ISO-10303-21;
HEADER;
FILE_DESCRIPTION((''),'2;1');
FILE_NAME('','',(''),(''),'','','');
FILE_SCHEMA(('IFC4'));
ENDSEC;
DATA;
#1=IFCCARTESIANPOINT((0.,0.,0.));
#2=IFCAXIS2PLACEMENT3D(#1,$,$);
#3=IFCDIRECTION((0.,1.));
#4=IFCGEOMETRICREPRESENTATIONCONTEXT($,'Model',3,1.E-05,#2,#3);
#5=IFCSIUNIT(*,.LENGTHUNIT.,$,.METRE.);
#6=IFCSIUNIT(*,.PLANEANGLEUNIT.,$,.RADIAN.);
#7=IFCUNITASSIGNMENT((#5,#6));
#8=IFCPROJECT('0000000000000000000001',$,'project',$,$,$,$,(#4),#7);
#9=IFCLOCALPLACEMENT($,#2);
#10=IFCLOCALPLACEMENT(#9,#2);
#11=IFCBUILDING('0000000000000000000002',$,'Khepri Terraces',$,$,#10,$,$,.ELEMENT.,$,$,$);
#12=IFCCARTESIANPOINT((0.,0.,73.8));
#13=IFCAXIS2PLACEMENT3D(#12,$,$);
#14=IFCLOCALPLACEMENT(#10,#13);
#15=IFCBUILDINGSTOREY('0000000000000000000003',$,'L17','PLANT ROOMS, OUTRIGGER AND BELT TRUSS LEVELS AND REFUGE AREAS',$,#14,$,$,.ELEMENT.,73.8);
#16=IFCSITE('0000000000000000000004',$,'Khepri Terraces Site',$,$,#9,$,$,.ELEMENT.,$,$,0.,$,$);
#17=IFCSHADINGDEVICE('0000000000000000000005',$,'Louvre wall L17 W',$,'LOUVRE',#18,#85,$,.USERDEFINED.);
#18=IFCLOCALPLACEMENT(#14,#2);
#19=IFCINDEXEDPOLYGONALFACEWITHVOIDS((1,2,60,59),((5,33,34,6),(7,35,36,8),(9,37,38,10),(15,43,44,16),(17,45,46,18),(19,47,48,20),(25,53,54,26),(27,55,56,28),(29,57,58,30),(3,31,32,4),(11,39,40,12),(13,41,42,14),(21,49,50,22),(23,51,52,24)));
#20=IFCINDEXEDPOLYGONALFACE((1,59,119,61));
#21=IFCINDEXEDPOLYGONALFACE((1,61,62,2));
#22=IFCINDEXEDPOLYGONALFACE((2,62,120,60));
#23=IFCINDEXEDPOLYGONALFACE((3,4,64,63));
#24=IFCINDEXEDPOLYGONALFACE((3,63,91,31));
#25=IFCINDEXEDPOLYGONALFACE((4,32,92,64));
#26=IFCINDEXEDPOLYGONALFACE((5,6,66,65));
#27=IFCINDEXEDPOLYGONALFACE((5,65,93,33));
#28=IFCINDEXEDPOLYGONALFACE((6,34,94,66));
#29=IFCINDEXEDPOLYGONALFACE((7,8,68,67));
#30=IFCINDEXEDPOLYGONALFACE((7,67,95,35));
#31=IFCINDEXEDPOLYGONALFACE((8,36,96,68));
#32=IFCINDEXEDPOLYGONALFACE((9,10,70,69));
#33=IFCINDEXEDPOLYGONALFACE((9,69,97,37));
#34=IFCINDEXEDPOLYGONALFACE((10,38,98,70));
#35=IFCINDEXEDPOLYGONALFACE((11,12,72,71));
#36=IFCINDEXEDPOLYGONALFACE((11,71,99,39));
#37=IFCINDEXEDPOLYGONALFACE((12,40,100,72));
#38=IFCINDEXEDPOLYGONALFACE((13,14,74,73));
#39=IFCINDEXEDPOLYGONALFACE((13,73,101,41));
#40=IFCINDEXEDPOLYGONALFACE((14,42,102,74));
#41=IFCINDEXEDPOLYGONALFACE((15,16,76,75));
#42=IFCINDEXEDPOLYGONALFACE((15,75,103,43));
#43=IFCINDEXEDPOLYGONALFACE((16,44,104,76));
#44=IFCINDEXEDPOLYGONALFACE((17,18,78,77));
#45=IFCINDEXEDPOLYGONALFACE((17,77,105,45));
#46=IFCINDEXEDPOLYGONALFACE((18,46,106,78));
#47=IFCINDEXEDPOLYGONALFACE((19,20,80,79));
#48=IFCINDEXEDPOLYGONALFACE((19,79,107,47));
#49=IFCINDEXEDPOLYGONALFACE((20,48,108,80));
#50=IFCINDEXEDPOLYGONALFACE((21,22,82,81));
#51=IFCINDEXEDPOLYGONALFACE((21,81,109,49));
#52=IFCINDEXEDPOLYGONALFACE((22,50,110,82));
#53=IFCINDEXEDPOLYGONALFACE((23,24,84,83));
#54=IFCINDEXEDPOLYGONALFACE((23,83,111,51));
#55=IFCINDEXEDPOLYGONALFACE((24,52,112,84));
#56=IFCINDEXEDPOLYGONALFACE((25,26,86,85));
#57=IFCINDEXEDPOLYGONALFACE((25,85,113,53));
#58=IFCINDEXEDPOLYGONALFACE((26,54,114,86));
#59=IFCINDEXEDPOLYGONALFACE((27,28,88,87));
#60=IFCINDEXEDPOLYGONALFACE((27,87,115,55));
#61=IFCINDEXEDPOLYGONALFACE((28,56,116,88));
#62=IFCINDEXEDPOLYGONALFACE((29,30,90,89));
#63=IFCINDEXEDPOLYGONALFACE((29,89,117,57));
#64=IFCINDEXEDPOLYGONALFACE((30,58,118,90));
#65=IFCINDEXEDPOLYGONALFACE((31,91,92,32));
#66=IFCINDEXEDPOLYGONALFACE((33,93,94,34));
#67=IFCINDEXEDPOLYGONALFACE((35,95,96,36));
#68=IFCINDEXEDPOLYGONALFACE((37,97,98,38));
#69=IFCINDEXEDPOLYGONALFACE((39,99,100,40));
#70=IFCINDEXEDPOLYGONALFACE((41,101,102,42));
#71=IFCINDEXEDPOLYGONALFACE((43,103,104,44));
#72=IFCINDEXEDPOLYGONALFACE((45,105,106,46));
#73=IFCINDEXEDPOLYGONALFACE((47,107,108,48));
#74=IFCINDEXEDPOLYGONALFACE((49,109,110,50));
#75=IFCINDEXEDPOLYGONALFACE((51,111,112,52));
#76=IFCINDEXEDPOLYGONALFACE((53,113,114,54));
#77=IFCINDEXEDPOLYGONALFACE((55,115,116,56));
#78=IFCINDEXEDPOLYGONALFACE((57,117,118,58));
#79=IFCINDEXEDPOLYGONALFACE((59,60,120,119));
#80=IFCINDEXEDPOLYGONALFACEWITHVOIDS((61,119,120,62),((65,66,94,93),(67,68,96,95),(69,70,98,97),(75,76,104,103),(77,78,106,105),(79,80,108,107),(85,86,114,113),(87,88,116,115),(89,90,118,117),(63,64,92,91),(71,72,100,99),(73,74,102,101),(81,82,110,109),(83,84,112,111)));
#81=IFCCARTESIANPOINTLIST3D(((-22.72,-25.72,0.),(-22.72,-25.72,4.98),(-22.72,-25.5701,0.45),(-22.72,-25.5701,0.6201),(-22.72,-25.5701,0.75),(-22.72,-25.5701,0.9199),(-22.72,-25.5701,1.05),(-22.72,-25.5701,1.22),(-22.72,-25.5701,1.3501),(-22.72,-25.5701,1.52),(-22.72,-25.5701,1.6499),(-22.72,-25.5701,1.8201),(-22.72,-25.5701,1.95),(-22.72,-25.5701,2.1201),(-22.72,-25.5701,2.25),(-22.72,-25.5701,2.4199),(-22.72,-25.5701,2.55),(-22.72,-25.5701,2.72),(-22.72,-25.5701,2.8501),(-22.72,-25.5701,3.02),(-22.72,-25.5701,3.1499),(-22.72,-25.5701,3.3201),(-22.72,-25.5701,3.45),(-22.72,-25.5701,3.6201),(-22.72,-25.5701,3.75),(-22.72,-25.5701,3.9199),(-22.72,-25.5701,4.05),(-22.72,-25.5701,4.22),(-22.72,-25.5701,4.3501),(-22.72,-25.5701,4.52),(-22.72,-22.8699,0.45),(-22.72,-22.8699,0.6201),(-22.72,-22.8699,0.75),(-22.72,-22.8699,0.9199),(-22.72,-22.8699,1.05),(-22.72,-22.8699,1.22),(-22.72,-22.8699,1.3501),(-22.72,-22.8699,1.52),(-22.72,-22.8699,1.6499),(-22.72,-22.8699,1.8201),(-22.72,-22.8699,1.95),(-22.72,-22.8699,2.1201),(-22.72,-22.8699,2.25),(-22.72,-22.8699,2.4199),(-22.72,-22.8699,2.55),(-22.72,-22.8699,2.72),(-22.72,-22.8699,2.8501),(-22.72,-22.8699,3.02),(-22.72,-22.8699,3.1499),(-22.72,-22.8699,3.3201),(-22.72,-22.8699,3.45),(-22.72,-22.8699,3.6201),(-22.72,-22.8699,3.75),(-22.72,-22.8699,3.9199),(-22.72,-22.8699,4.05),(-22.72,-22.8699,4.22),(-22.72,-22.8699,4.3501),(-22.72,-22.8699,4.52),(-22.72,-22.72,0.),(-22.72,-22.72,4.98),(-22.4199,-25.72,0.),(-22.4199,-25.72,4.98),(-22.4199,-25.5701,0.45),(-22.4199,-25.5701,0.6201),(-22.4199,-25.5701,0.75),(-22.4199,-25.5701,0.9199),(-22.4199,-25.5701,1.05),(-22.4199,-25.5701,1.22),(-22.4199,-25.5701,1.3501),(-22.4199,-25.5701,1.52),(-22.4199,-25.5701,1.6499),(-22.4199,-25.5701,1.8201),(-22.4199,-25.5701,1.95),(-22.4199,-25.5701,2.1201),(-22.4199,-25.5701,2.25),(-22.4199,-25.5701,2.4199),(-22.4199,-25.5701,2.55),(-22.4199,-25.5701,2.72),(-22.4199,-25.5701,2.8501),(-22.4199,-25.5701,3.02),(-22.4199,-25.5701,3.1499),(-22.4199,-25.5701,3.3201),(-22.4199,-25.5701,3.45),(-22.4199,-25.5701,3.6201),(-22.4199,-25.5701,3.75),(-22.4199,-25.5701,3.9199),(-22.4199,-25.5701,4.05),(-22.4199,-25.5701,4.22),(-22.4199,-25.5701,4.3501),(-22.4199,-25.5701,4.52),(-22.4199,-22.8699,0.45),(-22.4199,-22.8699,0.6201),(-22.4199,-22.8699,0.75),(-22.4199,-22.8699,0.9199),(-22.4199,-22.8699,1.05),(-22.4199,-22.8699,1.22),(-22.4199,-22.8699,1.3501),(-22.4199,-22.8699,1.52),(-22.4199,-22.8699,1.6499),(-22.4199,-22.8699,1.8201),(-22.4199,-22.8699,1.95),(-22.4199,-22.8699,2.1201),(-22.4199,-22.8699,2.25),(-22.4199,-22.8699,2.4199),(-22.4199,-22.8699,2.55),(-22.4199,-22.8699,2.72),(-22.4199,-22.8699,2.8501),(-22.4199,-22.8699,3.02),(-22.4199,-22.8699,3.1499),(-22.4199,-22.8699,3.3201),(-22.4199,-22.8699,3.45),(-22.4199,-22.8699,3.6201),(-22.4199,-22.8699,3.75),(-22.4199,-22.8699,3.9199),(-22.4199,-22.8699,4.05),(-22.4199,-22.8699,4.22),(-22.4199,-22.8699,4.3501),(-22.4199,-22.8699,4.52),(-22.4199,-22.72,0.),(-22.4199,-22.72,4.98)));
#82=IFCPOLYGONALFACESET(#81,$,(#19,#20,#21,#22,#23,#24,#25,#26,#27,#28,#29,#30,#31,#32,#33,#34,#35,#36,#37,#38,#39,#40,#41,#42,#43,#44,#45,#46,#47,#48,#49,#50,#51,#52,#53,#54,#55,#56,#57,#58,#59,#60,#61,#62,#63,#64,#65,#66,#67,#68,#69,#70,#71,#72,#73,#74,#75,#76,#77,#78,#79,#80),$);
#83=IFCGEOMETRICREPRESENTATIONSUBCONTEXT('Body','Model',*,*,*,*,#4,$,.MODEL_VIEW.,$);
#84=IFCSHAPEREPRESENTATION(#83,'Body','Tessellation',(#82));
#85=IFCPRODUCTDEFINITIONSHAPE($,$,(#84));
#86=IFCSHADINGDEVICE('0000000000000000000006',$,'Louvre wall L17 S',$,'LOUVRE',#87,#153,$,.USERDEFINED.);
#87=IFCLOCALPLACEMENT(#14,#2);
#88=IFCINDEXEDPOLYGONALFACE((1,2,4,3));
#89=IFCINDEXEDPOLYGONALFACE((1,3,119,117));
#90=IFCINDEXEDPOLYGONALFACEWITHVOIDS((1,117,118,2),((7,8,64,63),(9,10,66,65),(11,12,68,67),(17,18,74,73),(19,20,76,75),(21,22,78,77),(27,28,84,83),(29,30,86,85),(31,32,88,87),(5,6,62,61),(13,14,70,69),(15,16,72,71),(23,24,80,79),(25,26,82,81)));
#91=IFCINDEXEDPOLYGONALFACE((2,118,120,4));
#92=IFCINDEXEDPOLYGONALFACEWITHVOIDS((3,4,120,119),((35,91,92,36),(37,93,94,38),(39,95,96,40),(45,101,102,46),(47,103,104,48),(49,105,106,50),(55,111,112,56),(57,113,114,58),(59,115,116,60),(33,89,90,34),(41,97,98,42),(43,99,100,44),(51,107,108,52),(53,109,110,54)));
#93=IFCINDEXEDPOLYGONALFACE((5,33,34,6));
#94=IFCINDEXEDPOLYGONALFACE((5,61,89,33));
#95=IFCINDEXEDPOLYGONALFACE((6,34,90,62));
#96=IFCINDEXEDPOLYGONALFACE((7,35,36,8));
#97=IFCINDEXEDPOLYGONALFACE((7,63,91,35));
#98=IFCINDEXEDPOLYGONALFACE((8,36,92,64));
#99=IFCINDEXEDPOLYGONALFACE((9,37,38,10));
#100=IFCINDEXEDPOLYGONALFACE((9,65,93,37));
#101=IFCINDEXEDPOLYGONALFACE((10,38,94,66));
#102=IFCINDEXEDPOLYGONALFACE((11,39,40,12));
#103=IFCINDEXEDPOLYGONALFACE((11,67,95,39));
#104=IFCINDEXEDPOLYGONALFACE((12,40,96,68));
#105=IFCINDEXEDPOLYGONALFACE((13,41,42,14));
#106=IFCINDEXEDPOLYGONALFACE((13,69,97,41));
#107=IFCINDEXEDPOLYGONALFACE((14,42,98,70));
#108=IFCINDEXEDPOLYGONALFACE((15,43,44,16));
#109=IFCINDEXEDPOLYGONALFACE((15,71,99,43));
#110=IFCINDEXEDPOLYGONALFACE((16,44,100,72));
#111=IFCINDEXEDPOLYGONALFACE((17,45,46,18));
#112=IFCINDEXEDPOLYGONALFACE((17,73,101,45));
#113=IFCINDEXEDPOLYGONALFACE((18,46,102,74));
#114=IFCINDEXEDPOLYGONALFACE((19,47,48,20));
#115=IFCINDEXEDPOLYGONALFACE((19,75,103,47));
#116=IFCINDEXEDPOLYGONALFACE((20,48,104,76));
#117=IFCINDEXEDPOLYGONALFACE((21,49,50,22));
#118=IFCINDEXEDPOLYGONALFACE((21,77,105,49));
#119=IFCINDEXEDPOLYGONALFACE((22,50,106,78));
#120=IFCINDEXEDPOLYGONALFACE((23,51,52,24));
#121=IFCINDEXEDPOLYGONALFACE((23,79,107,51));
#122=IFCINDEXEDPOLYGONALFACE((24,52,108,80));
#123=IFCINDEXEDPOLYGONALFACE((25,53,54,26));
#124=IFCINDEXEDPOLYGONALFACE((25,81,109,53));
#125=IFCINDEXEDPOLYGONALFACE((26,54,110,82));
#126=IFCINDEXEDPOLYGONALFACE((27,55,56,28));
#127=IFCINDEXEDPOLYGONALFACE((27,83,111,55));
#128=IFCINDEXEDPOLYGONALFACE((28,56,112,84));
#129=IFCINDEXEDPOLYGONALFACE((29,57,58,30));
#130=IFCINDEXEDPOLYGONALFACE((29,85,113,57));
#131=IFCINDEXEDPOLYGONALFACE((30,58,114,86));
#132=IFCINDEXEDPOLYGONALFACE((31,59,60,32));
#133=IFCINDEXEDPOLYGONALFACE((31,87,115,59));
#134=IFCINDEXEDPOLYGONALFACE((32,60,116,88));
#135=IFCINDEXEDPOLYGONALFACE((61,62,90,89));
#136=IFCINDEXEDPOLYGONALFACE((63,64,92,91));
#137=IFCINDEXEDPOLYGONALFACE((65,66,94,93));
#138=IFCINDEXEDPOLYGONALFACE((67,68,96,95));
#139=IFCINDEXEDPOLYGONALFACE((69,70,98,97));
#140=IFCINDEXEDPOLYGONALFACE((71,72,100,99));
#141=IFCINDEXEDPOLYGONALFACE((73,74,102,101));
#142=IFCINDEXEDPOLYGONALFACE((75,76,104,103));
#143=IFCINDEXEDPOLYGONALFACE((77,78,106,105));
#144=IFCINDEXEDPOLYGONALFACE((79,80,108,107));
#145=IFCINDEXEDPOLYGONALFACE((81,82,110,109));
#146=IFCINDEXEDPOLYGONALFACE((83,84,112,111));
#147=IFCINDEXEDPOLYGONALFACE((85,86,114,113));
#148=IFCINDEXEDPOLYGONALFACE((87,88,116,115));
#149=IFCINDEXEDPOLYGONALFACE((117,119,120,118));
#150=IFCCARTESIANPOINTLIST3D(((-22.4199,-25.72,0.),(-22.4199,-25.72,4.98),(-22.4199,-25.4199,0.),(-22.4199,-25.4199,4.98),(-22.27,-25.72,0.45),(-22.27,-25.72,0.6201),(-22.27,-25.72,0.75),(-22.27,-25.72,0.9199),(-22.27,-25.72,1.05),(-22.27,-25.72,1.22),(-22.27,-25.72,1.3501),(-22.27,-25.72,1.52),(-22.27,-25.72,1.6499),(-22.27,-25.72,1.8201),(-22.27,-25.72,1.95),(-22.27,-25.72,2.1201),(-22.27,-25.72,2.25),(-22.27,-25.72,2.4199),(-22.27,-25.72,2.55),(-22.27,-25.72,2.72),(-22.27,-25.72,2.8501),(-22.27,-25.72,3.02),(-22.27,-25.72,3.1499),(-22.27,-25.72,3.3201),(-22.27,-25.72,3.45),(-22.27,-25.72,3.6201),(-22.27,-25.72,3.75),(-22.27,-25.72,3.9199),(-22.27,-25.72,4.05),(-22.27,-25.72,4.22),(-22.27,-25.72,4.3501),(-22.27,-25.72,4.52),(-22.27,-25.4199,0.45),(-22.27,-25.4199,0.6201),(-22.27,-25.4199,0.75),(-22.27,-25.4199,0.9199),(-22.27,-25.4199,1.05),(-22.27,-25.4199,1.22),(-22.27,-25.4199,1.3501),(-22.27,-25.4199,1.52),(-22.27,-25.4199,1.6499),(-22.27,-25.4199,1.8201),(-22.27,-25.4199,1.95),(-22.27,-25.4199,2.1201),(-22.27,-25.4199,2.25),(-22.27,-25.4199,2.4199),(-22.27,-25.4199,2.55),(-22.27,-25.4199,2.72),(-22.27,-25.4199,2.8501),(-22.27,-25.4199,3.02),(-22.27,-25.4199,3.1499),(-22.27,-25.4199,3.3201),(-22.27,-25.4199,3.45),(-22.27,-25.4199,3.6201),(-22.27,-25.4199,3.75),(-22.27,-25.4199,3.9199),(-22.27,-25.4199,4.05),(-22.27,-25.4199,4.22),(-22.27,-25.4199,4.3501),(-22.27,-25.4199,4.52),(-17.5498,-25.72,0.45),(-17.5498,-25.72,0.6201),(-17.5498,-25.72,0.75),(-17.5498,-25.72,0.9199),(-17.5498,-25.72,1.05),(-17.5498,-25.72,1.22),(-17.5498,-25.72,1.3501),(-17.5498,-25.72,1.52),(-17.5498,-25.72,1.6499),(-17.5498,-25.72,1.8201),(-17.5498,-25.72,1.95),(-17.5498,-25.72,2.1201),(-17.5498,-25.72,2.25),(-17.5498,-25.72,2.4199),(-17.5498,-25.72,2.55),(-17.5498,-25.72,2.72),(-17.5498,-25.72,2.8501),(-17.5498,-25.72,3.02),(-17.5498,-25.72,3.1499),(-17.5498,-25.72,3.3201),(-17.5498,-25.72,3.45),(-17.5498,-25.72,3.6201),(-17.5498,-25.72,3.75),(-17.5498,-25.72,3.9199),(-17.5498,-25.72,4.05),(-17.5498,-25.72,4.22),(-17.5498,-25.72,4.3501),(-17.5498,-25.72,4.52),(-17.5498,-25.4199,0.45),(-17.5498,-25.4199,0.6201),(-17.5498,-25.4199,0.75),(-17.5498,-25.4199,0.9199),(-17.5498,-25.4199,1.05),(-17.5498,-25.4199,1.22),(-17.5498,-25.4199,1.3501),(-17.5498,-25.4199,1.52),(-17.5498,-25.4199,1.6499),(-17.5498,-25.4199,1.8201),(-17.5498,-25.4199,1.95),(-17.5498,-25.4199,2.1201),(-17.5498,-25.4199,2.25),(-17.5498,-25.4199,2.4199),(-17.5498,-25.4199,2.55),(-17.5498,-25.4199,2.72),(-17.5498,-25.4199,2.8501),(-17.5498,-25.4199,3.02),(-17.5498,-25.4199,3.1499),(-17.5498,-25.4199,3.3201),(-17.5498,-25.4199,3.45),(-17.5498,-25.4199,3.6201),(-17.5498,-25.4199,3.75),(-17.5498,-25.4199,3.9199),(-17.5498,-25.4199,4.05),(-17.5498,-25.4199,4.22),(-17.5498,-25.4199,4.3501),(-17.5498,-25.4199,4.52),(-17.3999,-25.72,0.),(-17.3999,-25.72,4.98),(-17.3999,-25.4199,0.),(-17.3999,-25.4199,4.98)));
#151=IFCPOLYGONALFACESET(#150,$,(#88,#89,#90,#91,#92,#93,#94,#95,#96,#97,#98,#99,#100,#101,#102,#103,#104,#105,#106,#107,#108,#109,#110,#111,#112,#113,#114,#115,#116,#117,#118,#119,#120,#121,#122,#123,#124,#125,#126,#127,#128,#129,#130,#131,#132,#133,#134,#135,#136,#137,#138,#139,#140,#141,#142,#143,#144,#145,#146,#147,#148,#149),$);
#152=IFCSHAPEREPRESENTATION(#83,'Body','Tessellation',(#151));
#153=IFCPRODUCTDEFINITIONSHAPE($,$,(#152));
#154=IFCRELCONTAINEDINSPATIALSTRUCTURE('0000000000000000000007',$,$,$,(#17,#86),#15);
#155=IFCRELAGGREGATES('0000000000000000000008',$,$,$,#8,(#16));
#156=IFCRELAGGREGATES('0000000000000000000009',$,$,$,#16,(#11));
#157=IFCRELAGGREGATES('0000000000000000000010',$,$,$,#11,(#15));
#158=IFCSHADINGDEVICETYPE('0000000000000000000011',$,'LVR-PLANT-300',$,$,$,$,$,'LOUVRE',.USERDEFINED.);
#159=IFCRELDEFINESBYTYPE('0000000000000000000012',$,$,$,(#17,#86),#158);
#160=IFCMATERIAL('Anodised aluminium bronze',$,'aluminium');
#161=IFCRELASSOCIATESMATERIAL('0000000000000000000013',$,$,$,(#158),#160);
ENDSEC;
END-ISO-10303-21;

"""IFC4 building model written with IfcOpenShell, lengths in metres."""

from ifc_helpers import new_model, si_unit, direction, frame, origin, place, context, subcontext, project, spatial, polyline, outline, extrude, material, type_object, element, save


model = new_model("IFC4")

# Units and contexts
model_context = context("Model", 3, precision=1e-05, world=origin(), true_north=direction((0.0, 1.0)))
body_context = subcontext(model_context, "Body", "Model", "MODEL_VIEW")
ifc_project = project(units=[si_unit("LENGTHUNIT", "METRE"), si_unit("PLANEANGLEUNIT", "RADIAN")], contexts=[model_context])

# Site, building, storey
site_placement = place(None, origin())
site = spatial("IfcSite", under=ifc_project, at=site_placement, Name="Khepri Terraces Site", CompositionType="ELEMENT", RefElevation=0.0)
building_placement = place(site_placement, origin())
building = spatial("IfcBuilding", under=site, at=building_placement, Name="Khepri Terraces", CompositionType="ELEMENT")
storey_placement = place(building_placement, frame((0.0, 0.0, 73.8)))
storey = spatial("IfcBuildingStorey", under=building, at=storey_placement, Name="L17", Description="PLANT ROOMS, OUTRIGGER AND BELT TRUSS LEVELS AND REFUGE AREAS", CompositionType="ELEMENT", Elevation=73.8)

# Shading devices
ifc_material_1 = material(Name="Anodised aluminium bronze", Category="aluminium")
shading_device_type = type_object("IfcShadingDeviceType", Name="LVR-PLANT-300", ElementType="LOUVRE", PredefinedType="USERDEFINED", material=ifc_material_1)
shading_device_1_placement = place(storey_placement, frame((-22.4199, -22.72, 0.0), z_axis=(-1.0, 0.0, 0.0), x_axis=(0.0, -1.0, 0.0)))
element("IfcShadingDevice", 1, at=shading_device_1_placement, inside=storey, type_object=shading_device_type, Name="Louvre wall L17 W", ObjectType="LOUVRE", PredefinedType="USERDEFINED", context=body_context, shape_type="SweptSolid", body=[
    extrude(outline(polyline([(0.0, 0.0), (3.0, 0.0), (3.0, 4.98), (0.0, 4.98), (0.0, 0.0)]), holes=[polyline([(0.1499, 0.45), (2.8501, 0.45), (2.8501, 0.6201), (0.1499, 0.6201), (0.1499, 0.45)]), polyline([(0.1499, 0.75), (2.8501, 0.75), (2.8501, 0.9199), (0.1499, 0.9199), (0.1499, 0.75)]), polyline([(0.1499, 1.05), (2.8501, 1.05), (2.8501, 1.22), (0.1499, 1.22), (0.1499, 1.05)]), polyline([(0.1499, 1.3501), (2.8501, 1.3501), (2.8501, 1.52), (0.1499, 1.52), (0.1499, 1.3501)]), polyline([(0.1499, 1.6499), (2.8501, 1.6499), (2.8501, 1.8201), (0.1499, 1.8201), (0.1499, 1.6499)]), polyline([(0.1499, 1.95), (2.8501, 1.95), (2.8501, 2.1201), (0.1499, 2.1201), (0.1499, 1.95)]), polyline([(0.1499, 2.25), (2.8501, 2.25), (2.8501, 2.4199), (0.1499, 2.4199), (0.1499, 2.25)]), polyline([(0.1499, 2.55), (2.8501, 2.55), (2.8501, 2.72), (0.1499, 2.72), (0.1499, 2.55)]), polyline([(0.1499, 2.8501), (2.8501, 2.8501), (2.8501, 3.02), (0.1499, 3.02), (0.1499, 2.8501)]), polyline([(0.1499, 3.1499), (2.8501, 3.1499), (2.8501, 3.3201), (0.1499, 3.3201), (0.1499, 3.1499)]), polyline([(0.1499, 3.45), (2.8501, 3.45), (2.8501, 3.6201), (0.1499, 3.6201), (0.1499, 3.45)]), polyline([(0.1499, 3.75), (2.8501, 3.75), (2.8501, 3.9199), (0.1499, 3.9199), (0.1499, 3.75)]), polyline([(0.1499, 4.05), (2.8501, 4.05), (2.8501, 4.22), (0.1499, 4.22), (0.1499, 4.05)]), polyline([(0.1499, 4.3501), (2.8501, 4.3501), (2.8501, 4.52), (0.1499, 4.52), (0.1499, 4.3501)])]), origin(), (0.0, 0.0, 1.0), 0.3),
])
shading_device_2_placement = place(storey_placement, frame((-22.4199, -25.4199, 0.0), z_axis=(0.0, -1.0, 0.0), x_axis=(1.0, 0.0, 0.0)))
element("IfcShadingDevice", 2, at=shading_device_2_placement, inside=storey, type_object=shading_device_type, Name="Louvre wall L17 S", ObjectType="LOUVRE", PredefinedType="USERDEFINED", context=body_context, shape_type="SweptSolid", body=[
    extrude(outline(polyline([(0.0, 0.0), (5.02, 0.0), (5.02, 4.98), (0.0, 4.98), (0.0, 0.0)]), holes=[polyline([(0.1499, 0.45), (4.8701, 0.45), (4.8701, 0.6201), (0.1499, 0.6201), (0.1499, 0.45)]), polyline([(0.1499, 0.75), (4.8701, 0.75), (4.8701, 0.9199), (0.1499, 0.9199), (0.1499, 0.75)]), polyline([(0.1499, 1.05), (4.8701, 1.05), (4.8701, 1.22), (0.1499, 1.22), (0.1499, 1.05)]), polyline([(0.1499, 1.3501), (4.8701, 1.3501), (4.8701, 1.52), (0.1499, 1.52), (0.1499, 1.3501)]), polyline([(0.1499, 1.6499), (4.8701, 1.6499), (4.8701, 1.8201), (0.1499, 1.8201), (0.1499, 1.6499)]), polyline([(0.1499, 1.95), (4.8701, 1.95), (4.8701, 2.1201), (0.1499, 2.1201), (0.1499, 1.95)]), polyline([(0.1499, 2.25), (4.8701, 2.25), (4.8701, 2.4199), (0.1499, 2.4199), (0.1499, 2.25)]), polyline([(0.1499, 2.55), (4.8701, 2.55), (4.8701, 2.72), (0.1499, 2.72), (0.1499, 2.55)]), polyline([(0.1499, 2.8501), (4.8701, 2.8501), (4.8701, 3.02), (0.1499, 3.02), (0.1499, 2.8501)]), polyline([(0.1499, 3.1499), (4.8701, 3.1499), (4.8701, 3.3201), (0.1499, 3.3201), (0.1499, 3.1499)]), polyline([(0.1499, 3.45), (4.8701, 3.45), (4.8701, 3.6201), (0.1499, 3.6201), (0.1499, 3.45)]), polyline([(0.1499, 3.75), (4.8701, 3.75), (4.8701, 3.9199), (0.1499, 3.9199), (0.1499, 3.75)]), polyline([(0.1499, 4.05), (4.8701, 4.05), (4.8701, 4.22), (0.1499, 4.22), (0.1499, 4.05)]), polyline([(0.1499, 4.3501), (4.8701, 4.3501), (4.8701, 4.52), (0.1499, 4.52), (0.1499, 4.3501)])]), origin(), (0.0, 0.0, 1.0), 0.3),
])

save(model, "model.ifc")
